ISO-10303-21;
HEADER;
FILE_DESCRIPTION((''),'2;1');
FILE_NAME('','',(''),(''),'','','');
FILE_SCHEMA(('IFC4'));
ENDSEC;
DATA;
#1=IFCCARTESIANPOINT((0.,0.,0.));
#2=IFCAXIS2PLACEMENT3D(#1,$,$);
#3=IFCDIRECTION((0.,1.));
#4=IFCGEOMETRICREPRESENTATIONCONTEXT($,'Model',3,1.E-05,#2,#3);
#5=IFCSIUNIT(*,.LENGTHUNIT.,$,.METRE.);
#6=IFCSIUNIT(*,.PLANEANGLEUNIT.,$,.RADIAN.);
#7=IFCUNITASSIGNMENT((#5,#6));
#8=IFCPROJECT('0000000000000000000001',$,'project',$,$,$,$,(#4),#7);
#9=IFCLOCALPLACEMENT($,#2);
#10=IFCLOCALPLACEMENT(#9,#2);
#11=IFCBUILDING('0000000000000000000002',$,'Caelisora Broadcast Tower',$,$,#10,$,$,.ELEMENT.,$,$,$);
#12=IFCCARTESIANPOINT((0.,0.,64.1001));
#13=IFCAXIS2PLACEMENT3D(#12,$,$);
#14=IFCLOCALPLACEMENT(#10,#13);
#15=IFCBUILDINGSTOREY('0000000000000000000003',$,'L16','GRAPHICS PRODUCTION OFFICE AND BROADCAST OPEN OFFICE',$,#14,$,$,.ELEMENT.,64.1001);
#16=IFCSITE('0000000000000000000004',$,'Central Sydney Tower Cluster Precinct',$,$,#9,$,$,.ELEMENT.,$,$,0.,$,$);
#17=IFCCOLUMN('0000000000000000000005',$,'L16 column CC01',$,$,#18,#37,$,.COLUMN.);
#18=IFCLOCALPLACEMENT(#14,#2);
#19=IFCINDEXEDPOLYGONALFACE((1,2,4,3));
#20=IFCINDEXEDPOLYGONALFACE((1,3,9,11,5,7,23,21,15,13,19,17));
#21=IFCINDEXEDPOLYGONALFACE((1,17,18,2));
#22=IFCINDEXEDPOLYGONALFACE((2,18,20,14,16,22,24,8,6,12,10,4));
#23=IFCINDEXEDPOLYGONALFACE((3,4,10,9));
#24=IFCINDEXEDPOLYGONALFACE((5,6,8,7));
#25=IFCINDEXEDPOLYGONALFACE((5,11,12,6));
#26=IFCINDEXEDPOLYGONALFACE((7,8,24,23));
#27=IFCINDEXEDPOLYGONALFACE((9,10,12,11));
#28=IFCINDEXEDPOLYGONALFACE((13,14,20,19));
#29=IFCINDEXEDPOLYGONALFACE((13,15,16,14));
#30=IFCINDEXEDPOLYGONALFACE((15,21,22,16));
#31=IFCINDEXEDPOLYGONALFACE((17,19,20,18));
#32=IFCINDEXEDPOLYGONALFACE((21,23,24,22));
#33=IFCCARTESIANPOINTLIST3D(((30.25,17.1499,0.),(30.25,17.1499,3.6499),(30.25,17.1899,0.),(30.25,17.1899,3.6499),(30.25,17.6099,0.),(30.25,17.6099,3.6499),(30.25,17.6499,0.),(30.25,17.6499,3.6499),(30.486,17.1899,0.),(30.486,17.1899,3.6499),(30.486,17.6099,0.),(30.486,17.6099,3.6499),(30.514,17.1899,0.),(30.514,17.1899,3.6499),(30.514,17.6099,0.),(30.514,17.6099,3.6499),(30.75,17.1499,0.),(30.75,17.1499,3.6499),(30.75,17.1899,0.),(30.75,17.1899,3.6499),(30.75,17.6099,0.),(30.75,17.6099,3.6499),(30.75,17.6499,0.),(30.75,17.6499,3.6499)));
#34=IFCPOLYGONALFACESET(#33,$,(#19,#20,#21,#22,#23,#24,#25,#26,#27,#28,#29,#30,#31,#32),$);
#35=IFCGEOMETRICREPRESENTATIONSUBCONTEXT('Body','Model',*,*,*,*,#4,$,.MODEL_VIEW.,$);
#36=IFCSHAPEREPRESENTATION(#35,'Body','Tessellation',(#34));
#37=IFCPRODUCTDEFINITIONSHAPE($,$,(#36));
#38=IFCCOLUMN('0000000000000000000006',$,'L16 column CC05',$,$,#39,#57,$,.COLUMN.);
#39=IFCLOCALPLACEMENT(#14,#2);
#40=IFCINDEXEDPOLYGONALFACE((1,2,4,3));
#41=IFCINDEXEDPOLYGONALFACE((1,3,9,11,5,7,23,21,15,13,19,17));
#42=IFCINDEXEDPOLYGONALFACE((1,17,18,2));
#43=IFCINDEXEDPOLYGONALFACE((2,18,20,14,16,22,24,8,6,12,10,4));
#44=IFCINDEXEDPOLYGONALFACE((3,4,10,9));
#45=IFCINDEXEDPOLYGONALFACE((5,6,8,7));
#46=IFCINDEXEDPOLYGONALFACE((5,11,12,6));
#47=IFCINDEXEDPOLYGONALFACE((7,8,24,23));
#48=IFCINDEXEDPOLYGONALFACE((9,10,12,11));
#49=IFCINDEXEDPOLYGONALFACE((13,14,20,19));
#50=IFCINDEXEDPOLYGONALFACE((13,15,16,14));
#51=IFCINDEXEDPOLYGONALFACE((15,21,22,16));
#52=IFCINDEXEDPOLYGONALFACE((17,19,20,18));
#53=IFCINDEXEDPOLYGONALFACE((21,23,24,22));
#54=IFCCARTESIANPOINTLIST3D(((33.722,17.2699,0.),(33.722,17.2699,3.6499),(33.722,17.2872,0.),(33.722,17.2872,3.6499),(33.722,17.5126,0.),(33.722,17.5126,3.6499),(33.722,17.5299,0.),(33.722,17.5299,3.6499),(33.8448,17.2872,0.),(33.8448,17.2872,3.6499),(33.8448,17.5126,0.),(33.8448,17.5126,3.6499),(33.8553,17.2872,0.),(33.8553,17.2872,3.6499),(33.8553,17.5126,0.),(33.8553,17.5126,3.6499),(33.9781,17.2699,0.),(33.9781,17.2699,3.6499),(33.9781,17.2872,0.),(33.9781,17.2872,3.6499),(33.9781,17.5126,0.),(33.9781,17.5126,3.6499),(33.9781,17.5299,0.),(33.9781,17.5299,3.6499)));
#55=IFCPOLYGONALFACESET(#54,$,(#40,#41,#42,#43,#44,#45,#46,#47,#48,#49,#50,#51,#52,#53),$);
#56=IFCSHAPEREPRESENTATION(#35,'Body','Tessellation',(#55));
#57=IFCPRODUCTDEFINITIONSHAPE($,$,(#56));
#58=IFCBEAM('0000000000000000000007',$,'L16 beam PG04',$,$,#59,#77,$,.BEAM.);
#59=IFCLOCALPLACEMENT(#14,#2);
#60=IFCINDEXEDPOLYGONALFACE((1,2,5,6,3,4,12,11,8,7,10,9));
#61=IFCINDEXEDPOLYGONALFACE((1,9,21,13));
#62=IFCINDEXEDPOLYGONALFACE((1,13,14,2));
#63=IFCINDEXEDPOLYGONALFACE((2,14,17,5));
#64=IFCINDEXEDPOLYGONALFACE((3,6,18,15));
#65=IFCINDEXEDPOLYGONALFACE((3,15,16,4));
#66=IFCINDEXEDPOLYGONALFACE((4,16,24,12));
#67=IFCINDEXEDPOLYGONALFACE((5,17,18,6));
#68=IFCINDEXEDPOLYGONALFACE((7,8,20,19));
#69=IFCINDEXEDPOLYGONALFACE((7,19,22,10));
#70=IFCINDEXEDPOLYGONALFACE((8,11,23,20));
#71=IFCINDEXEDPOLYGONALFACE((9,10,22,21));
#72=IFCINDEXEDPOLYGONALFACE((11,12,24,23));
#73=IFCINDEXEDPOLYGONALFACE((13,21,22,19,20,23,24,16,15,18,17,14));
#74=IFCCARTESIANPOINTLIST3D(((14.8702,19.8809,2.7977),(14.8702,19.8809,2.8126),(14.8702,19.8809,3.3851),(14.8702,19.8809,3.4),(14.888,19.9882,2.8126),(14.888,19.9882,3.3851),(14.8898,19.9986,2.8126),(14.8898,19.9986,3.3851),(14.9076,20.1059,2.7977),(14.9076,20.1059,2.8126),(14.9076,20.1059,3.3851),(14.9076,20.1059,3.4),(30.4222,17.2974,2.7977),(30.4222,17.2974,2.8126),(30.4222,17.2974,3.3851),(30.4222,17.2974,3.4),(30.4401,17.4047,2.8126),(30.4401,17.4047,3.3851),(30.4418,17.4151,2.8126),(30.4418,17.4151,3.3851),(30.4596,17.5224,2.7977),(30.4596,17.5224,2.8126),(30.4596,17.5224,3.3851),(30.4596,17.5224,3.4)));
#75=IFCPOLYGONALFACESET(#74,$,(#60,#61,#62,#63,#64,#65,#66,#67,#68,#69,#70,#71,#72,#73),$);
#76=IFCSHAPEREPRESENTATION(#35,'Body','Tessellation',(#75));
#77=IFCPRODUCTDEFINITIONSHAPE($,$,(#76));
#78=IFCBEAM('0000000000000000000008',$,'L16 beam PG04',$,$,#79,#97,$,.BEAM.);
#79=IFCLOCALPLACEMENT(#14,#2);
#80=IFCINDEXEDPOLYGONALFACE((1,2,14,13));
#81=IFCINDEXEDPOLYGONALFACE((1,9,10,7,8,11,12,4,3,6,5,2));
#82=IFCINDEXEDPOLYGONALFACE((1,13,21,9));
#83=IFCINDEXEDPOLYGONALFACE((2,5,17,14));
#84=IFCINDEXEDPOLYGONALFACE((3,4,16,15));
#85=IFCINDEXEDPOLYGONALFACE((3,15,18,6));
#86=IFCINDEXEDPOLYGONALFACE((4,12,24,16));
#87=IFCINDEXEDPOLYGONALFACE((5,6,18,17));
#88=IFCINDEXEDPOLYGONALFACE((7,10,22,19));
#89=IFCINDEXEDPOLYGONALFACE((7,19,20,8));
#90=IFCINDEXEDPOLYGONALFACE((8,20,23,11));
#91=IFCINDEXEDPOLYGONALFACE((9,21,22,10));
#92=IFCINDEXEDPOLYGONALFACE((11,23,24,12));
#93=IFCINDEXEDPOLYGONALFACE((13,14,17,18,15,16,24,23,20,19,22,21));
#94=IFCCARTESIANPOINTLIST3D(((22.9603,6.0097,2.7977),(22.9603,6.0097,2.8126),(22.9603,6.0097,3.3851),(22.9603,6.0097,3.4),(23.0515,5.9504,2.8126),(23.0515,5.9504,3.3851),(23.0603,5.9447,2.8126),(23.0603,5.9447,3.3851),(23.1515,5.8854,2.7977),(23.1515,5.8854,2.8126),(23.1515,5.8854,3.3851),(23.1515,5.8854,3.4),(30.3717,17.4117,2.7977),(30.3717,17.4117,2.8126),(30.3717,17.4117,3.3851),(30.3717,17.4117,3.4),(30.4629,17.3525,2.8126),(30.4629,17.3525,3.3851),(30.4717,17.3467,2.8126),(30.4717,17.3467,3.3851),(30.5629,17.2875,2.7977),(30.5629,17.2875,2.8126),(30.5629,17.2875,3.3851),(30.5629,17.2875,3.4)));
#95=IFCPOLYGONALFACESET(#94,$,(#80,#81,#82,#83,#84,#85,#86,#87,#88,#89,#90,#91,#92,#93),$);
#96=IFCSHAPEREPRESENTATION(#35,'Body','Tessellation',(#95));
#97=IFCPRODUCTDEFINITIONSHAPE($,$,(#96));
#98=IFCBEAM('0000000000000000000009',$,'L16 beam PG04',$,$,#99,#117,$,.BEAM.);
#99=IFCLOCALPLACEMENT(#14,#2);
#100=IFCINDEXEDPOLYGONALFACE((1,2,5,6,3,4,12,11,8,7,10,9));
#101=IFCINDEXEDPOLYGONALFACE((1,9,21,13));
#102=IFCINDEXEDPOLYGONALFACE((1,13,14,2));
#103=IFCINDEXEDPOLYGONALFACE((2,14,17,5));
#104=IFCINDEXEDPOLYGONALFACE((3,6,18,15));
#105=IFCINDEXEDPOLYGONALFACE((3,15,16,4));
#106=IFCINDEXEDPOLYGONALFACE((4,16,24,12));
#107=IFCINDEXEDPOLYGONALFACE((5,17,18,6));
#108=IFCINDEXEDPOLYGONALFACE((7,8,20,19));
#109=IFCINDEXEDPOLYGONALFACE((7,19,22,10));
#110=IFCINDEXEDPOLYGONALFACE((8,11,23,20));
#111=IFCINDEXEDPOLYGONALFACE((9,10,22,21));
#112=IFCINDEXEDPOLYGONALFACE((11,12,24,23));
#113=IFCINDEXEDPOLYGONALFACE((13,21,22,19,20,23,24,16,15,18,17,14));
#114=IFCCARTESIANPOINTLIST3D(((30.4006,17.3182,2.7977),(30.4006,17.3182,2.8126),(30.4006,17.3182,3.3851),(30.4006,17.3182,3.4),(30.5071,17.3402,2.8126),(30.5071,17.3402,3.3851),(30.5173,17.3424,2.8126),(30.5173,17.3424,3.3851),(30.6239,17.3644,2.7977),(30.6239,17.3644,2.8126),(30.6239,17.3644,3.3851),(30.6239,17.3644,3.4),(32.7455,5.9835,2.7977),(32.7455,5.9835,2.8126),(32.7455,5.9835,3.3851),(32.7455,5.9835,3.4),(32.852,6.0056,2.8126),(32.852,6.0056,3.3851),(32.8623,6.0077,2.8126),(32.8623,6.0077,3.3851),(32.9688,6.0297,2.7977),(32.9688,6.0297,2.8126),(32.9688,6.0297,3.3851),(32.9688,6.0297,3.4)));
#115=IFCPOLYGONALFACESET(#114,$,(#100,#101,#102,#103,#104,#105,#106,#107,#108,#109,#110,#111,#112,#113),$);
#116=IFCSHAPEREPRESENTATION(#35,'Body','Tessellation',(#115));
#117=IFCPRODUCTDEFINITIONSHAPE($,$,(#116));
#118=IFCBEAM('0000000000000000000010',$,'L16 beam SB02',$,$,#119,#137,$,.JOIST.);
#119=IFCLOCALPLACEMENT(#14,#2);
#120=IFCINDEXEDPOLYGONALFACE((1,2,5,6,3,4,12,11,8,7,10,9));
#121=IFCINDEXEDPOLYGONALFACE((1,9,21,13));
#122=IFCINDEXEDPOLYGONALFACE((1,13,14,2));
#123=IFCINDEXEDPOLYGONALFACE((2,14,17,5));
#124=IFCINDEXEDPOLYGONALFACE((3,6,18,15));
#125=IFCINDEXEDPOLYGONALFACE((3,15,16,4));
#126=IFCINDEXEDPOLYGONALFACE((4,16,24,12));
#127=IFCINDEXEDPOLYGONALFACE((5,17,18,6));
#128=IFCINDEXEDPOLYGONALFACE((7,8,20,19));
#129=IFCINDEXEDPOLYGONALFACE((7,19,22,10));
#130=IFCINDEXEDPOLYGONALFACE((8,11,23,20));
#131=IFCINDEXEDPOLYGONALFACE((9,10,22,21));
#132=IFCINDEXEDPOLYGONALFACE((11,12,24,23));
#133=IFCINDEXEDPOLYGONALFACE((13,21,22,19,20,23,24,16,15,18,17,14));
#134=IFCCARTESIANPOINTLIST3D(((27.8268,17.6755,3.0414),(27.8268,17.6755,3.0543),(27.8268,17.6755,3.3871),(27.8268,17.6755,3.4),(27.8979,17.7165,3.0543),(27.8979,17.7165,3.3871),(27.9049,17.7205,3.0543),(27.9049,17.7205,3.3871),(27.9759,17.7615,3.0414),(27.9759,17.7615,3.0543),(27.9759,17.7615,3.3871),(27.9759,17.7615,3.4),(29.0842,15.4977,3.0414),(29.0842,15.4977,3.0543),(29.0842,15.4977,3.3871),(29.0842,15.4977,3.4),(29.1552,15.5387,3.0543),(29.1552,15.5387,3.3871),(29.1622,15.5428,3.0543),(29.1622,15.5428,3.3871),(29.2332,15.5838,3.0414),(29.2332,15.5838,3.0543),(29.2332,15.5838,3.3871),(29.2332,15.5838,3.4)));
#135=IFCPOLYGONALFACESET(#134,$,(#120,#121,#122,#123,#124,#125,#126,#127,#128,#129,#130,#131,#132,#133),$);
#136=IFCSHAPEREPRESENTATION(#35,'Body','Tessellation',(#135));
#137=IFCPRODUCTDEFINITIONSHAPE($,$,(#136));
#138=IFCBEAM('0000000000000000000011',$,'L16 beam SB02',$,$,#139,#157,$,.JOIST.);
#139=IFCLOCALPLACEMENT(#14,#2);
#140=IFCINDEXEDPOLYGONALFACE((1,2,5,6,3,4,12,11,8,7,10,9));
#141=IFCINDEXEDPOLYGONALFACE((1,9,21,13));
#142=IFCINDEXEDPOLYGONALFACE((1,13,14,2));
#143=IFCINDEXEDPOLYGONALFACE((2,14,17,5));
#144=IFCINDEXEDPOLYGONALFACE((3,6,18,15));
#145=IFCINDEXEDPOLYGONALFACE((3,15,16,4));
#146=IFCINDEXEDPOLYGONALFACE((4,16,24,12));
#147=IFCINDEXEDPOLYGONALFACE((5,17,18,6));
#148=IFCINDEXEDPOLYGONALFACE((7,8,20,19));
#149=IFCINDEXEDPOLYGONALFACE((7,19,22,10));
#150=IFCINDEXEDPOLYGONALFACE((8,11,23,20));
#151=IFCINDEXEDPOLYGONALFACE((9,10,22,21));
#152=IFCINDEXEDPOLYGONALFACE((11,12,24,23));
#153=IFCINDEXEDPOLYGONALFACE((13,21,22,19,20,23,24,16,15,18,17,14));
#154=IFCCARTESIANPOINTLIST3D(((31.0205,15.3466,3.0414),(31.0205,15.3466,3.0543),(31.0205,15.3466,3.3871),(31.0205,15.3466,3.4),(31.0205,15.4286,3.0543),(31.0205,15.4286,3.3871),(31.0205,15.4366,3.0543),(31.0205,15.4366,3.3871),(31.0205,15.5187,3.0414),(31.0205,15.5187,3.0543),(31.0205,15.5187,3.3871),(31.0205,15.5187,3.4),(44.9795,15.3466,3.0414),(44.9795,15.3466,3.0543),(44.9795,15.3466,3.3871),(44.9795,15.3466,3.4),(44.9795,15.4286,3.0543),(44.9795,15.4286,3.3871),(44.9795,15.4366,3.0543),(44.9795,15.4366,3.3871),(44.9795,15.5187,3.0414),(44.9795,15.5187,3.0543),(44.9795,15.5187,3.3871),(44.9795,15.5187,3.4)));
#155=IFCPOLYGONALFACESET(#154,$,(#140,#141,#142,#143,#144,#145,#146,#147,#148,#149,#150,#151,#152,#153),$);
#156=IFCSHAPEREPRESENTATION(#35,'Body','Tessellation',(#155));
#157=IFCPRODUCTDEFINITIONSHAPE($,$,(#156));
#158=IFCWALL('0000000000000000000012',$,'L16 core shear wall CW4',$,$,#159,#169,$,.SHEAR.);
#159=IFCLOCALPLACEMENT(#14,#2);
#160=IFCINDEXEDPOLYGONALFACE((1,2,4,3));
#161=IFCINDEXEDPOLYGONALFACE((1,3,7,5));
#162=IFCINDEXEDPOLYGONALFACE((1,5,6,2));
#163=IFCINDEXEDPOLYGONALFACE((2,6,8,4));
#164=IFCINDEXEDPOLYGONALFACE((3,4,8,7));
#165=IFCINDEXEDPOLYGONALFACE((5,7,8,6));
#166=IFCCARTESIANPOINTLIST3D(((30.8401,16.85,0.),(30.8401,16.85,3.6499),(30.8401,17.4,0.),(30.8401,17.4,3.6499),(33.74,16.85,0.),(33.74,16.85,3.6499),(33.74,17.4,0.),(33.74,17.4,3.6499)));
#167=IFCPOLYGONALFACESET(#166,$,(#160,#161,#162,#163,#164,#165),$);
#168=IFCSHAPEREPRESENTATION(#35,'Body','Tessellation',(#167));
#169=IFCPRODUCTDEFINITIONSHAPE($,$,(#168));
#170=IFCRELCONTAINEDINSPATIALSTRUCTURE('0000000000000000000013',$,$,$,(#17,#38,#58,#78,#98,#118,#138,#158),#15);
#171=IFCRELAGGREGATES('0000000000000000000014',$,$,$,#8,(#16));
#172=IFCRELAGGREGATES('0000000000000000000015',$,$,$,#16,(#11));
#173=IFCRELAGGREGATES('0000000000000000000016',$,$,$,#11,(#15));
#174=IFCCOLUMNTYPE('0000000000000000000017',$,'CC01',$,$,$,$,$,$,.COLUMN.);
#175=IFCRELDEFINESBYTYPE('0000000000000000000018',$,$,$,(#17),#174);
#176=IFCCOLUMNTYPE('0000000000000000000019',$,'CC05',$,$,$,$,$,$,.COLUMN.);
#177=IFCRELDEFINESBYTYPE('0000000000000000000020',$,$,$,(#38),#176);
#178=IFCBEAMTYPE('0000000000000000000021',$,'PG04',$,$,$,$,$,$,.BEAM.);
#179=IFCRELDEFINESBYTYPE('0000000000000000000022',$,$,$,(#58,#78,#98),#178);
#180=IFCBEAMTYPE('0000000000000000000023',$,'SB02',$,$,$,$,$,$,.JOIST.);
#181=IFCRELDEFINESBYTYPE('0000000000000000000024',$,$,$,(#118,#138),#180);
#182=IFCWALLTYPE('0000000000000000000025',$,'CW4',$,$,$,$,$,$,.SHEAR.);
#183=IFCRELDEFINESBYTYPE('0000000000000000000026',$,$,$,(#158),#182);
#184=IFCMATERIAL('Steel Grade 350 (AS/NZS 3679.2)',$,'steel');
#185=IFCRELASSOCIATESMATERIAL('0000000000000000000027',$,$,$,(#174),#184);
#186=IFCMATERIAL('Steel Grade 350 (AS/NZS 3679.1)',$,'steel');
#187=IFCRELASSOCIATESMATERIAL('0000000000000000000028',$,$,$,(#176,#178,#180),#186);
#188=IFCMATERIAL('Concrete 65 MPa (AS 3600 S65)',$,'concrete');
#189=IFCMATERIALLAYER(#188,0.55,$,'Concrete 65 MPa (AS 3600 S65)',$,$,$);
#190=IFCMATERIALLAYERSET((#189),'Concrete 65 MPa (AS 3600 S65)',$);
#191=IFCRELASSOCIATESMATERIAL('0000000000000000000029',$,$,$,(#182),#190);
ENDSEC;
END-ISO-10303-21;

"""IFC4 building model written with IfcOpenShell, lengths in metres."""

from ifc_helpers import new_model, si_unit, direction, frame, frame_2d, origin, origin_2d, place, context, subcontext, project, spatial, rectangle, i_section, extrude, source, transform, mapped, material, layer, layer_set, material_profile, profile_set, type_object, type_shapes, element, save


model = new_model("IFC4")

# Units and contexts
model_context = context("Model", 3, precision=1e-05, world=origin(), true_north=direction((0.0, 1.0)))
body_context = subcontext(model_context, "Body", "Model", "MODEL_VIEW")
ifc_project = project(units=[si_unit("LENGTHUNIT", "METRE"), si_unit("PLANEANGLEUNIT", "RADIAN")], contexts=[model_context])

# Site, building, storey
site_placement = place(None, origin())
site = spatial("IfcSite", under=ifc_project, at=site_placement, Name="Central Sydney Tower Cluster Precinct", CompositionType="ELEMENT", RefElevation=0.0)
building_placement = place(site_placement, origin())
building = spatial("IfcBuilding", under=site, at=building_placement, Name="Caelisora Broadcast Tower", CompositionType="ELEMENT")
storey_placement = place(building_placement, frame((0.0, 0.0, 64.1001)))
storey = spatial("IfcBuildingStorey", under=building, at=storey_placement, Name="L16", Description="GRAPHICS PRODUCTION OFFICE AND BROADCAST OPEN OFFICE", CompositionType="ELEMENT", Elevation=64.1001)

# Columns
ifc_material_1 = material(Name="Steel Grade 350 (AS/NZS 3679.2)", Category="steel")
ifc_material_profile_1 = material_profile(ifc_material_1, i_section(OverallWidth=0.5, OverallDepth=0.5, WebThickness=0.0281, FlangeThickness=0.04, at=origin_2d()), Name="Steel Grade 350 (AS/NZS 3679.2)")
ifc_profile_set_1 = profile_set([ifc_material_profile_1], Name="Steel Grade 350 (AS/NZS 3679.2)")
column_type_1 = type_object("IfcColumnType", Name="CC01", PredefinedType="COLUMN", material=ifc_profile_set_1)
shared_shape_1 = source(origin(), body_context, "Body", "SweptSolid", [
    extrude(i_section(OverallWidth=0.5, OverallDepth=0.5, WebThickness=0.0281, FlangeThickness=0.04, at=origin_2d()), origin(), (0.0, 0.0, 1.0), 3.6499),
])
type_shapes(column_type_1, [shared_shape_1])
column_1_placement = place(storey_placement, frame((30.5, 17.3999, 0.0), z_axis=(0.0, 0.0, 1.0), x_axis=(1.0, 0.0, 0.0)))
element("IfcColumn", 1, at=column_1_placement, inside=storey, type_object=column_type_1, Name="L16 column CC01", PredefinedType="COLUMN", context=body_context, shape_type="MappedRepresentation", body=[
    mapped(shared_shape_1, transform((0.0, 0.0, 0.0), scale=1.0)),
])
ifc_material_2 = material(Name="Steel Grade 350 (AS/NZS 3679.1)", Category="steel")
ifc_material_profile_2 = material_profile(ifc_material_2, i_section(OverallWidth=0.2561, OverallDepth=0.26, WebThickness=0.0105, FlangeThickness=0.0173, at=origin_2d()), Name="Steel Grade 350 (AS/NZS 3679.1)")
ifc_profile_set_2 = profile_set([ifc_material_profile_2], Name="Steel Grade 350 (AS/NZS 3679.1)")
column_type_2 = type_object("IfcColumnType", Name="CC05", PredefinedType="COLUMN", material=ifc_profile_set_2)
shared_shape_2 = source(origin(), body_context, "Body", "SweptSolid", [
    extrude(i_section(OverallWidth=0.2561, OverallDepth=0.26, WebThickness=0.0105, FlangeThickness=0.0173, at=origin_2d()), origin(), (0.0, 0.0, 1.0), 3.6499),
])
type_shapes(column_type_2, [shared_shape_2])
column_2_placement = place(storey_placement, frame((33.8501, 17.3999, 0.0), z_axis=(0.0, 0.0, 1.0), x_axis=(1.0, 0.0, 0.0)))
element("IfcColumn", 2, at=column_2_placement, inside=storey, type_object=column_type_2, Name="L16 column CC05", PredefinedType="COLUMN", context=body_context, shape_type="MappedRepresentation", body=[
    mapped(shared_shape_2, transform((0.0, 0.0, 0.0), scale=1.0)),
])

# Beams
ifc_material_profile_3 = material_profile(ifc_material_2, i_section(OverallWidth=0.228, OverallDepth=0.6023, WebThickness=0.0105, FlangeThickness=0.0149, at=origin_2d()), Name="Steel Grade 350 (AS/NZS 3679.1)")
ifc_profile_set_3 = profile_set([ifc_material_profile_3], Name="Steel Grade 350 (AS/NZS 3679.1)")
beam_type_1 = type_object("IfcBeamType", Name="PG04", PredefinedType="BEAM", material=ifc_profile_set_3)
shared_shape_3 = source(origin(), body_context, "Body", "SweptSolid", [
    extrude(i_section(OverallWidth=0.228, OverallDepth=0.6023, WebThickness=0.0105, FlangeThickness=0.0149, at=origin_2d()), origin(), (0.0, 0.0, 1.0), 15.7651),
])
beam_1_placement = place(storey_placement, frame((30.4409, 17.4099, 3.0989), z_axis=(-0.986481, 0.163874, 0.0), x_axis=(-0.163874, -0.986481, 0.0)))
element("IfcBeam", 3, at=beam_1_placement, inside=storey, type_object=beam_type_1, Name="L16 beam PG04", PredefinedType="BEAM", context=body_context, shape_type="MappedRepresentation", body=[
    mapped(shared_shape_3, transform((0.0, 0.0, 0.0), scale=1.0)),
])
shared_shape_4 = source(origin(), body_context, "Body", "SweptSolid", [
    extrude(i_section(OverallWidth=0.228, OverallDepth=0.6023, WebThickness=0.0105, FlangeThickness=0.0149, at=origin_2d()), origin(), (0.0, 0.0, 1.0), 13.5991),
])
beam_2_placement = place(storey_placement, frame((30.4673, 17.3496, 3.0989), z_axis=(-0.544989, -0.838443, 0.0), x_axis=(0.838443, -0.544989, 0.0)))
element("IfcBeam", 4, at=beam_2_placement, inside=storey, type_object=beam_type_1, Name="L16 beam PG04", PredefinedType="BEAM", context=body_context, shape_type="MappedRepresentation", body=[
    mapped(shared_shape_4, transform((0.0, 0.0, 0.0), scale=1.0)),
])
shared_shape_5 = source(origin(), body_context, "Body", "SweptSolid", [
    extrude(i_section(OverallWidth=0.228, OverallDepth=0.6023, WebThickness=0.0105, FlangeThickness=0.0149, at=origin_2d()), origin(), (0.0, 0.0, 1.0), 11.5747),
])
type_shapes(beam_type_1, [shared_shape_3, shared_shape_4, shared_shape_5])
beam_3_placement = place(storey_placement, frame((30.5122, 17.3413, 3.0989), z_axis=(0.202594, -0.979263, 0.0), x_axis=(0.979263, 0.202594, 0.0)))
element("IfcBeam", 5, at=beam_3_placement, inside=storey, type_object=beam_type_1, Name="L16 beam PG04", PredefinedType="BEAM", context=body_context, shape_type="MappedRepresentation", body=[
    mapped(shared_shape_5, transform((0.0, 0.0, 0.0), scale=1.0)),
])
ifc_material_profile_4 = material_profile(ifc_material_2, i_section(OverallWidth=0.1721, OverallDepth=0.3586, WebThickness=0.0081, FlangeThickness=0.0129, at=origin_2d()), Name="Steel Grade 350 (AS/NZS 3679.1)")
ifc_profile_set_4 = profile_set([ifc_material_profile_4], Name="Steel Grade 350 (AS/NZS 3679.1)")
beam_type_2 = type_object("IfcBeamType", Name="SB02", PredefinedType="JOIST", material=ifc_profile_set_4)
shared_shape_6 = source(origin(), body_context, "Body", "SweptSolid", [
    extrude(i_section(OverallWidth=0.1721, OverallDepth=0.3586, WebThickness=0.0081, FlangeThickness=0.0129, at=origin_2d()), origin(), (0.0, 0.0, 1.0), 2.5146),
])
beam_4_placement = place(storey_placement, frame((27.9014, 17.7185, 3.2207), z_axis=(0.500003, -0.866024, 0.0), x_axis=(0.866024, 0.500003, 0.0)))
element("IfcBeam", 6, at=beam_4_placement, inside=storey, type_object=beam_type_2, Name="L16 beam SB02", PredefinedType="JOIST", context=body_context, shape_type="MappedRepresentation", body=[
    mapped(shared_shape_6, transform((0.0, 0.0, 0.0), scale=1.0)),
])
shared_shape_7 = source(origin(), body_context, "Body", "SweptSolid", [
    extrude(i_section(OverallWidth=0.1721, OverallDepth=0.3586, WebThickness=0.0081, FlangeThickness=0.0129, at=origin_2d()), origin(), (0.0, 0.0, 1.0), 13.959),
])
type_shapes(beam_type_2, [shared_shape_6, shared_shape_7])
beam_5_placement = place(storey_placement, frame((31.0205, 15.4326, 3.2207), z_axis=(1.0, 0.0, 0.0), x_axis=(0.0, 1.0, 0.0)))
element("IfcBeam", 7, at=beam_5_placement, inside=storey, type_object=beam_type_2, Name="L16 beam SB02", PredefinedType="JOIST", context=body_context, shape_type="MappedRepresentation", body=[
    mapped(shared_shape_7, transform((0.0, 0.0, 0.0), scale=1.0)),
])

# Shared definitions
ifc_material_3 = material(Name="Concrete 65 MPa (AS 3600 S65)", Category="concrete")

# Wall
ifc_layer_1 = layer(ifc_material_3, 0.55, Name="Concrete 65 MPa (AS 3600 S65)")
ifc_layer_set_1 = layer_set([ifc_layer_1], Name="Concrete 65 MPa (AS 3600 S65)")
wall_type_1 = type_object("IfcWallType", Name="CW4", PredefinedType="SHEAR", material=ifc_layer_set_1)
wall_1_placement = place(storey_placement, frame((30.8401, 17.125, 0.0), z_axis=(0.0, 0.0, 1.0), x_axis=(1.0, 0.0, 0.0)))
element("IfcWall", 8, at=wall_1_placement, inside=storey, type_object=wall_type_1, Name="L16 core shear wall CW4", PredefinedType="SHEAR", context=body_context, shape_type="SweptSolid", body=[
    extrude(rectangle(XDim=2.8999, YDim=0.55, at=frame_2d((1.45, 0.0))), origin(), (0.0, 0.0, 1.0), 3.6499),
])

save(model, "model.ifc")
